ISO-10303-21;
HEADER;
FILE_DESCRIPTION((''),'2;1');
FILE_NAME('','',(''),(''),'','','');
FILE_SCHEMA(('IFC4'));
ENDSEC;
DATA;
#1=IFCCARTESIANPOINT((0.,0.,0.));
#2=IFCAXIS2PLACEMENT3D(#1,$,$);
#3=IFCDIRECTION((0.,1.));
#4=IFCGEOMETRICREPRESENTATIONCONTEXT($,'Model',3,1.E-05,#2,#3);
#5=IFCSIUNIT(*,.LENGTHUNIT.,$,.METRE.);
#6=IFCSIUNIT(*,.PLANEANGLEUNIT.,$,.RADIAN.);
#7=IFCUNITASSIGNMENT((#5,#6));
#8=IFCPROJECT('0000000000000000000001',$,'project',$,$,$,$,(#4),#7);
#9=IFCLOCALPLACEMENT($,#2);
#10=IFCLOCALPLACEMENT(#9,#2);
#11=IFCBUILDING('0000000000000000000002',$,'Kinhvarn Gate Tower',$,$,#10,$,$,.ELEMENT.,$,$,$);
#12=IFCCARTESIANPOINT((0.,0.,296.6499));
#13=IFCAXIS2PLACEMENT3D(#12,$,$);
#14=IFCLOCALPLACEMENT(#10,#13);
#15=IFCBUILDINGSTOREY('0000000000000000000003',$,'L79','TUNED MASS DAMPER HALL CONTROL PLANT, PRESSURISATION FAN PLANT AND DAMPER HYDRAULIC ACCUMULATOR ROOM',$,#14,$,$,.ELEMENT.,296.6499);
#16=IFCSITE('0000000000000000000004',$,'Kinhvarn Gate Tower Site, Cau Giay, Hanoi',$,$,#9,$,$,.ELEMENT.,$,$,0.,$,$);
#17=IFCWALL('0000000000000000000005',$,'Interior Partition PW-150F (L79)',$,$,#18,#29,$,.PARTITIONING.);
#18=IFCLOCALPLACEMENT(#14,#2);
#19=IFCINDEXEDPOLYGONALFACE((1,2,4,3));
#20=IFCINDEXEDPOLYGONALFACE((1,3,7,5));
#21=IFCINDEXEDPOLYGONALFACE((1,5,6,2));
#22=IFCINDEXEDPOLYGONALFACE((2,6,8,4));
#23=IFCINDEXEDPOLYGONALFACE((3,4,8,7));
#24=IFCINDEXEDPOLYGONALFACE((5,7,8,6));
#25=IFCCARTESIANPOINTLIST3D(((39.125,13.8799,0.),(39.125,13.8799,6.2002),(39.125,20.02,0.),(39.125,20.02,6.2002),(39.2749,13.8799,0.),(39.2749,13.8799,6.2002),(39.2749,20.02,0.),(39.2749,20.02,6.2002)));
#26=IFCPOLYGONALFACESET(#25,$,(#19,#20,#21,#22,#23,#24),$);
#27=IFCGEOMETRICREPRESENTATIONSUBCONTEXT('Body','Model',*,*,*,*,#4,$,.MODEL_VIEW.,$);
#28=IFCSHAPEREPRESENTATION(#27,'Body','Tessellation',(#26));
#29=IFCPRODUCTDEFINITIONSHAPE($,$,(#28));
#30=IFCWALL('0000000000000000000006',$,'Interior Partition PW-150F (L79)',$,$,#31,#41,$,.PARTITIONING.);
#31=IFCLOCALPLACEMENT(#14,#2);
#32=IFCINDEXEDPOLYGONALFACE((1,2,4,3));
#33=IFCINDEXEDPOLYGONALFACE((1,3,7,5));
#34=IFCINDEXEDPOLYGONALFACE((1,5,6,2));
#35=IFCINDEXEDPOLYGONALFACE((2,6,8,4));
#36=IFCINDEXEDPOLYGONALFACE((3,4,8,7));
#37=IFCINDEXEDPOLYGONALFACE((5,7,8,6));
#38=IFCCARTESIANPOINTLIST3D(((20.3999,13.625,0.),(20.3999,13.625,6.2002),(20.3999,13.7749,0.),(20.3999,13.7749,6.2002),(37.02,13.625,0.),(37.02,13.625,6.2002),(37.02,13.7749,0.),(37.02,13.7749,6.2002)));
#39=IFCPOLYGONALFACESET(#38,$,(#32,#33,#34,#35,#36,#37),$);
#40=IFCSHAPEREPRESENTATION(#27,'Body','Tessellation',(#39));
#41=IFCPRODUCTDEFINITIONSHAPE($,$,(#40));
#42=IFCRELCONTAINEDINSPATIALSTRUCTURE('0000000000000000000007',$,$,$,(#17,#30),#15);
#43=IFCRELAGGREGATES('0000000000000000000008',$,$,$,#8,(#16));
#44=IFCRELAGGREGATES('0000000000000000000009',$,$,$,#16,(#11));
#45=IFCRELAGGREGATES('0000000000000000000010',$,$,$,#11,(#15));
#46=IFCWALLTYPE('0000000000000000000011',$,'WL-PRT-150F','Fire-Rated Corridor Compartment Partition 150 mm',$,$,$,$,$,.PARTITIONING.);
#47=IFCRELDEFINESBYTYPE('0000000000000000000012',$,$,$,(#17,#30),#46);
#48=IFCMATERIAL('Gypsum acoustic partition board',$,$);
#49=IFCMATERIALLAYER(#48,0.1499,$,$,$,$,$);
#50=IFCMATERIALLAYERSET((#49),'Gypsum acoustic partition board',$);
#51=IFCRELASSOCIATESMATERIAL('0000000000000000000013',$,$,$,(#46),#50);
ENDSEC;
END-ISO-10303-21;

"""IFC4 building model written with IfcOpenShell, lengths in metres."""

from ifc_helpers import new_model, si_unit, direction, frame, frame_2d, origin, place, context, subcontext, project, spatial, rectangle, extrude, material, layer, layer_set, type_object, element, save


model = new_model("IFC4")

# Units and contexts
model_context = context("Model", 3, precision=1e-05, world=origin(), true_north=direction((0.0, 1.0)))
body_context = subcontext(model_context, "Body", "Model", "MODEL_VIEW")
ifc_project = project(units=[si_unit("LENGTHUNIT", "METRE"), si_unit("PLANEANGLEUNIT", "RADIAN")], contexts=[model_context])

# Site, building, storey
site_placement = place(None, origin())
site = spatial("IfcSite", under=ifc_project, at=site_placement, Name="Kinhvarn Gate Tower Site, Cau Giay, Hanoi", CompositionType="ELEMENT", RefElevation=0.0)
building_placement = place(site_placement, origin())
building = spatial("IfcBuilding", under=site, at=building_placement, Name="Kinhvarn Gate Tower", CompositionType="ELEMENT")
storey_placement = place(building_placement, frame((0.0, 0.0, 296.6499)))
storey = spatial("IfcBuildingStorey", under=building, at=storey_placement, Name="L79", Description="TUNED MASS DAMPER HALL CONTROL PLANT, PRESSURISATION FAN PLANT AND DAMPER HYDRAULIC ACCUMULATOR ROOM", CompositionType="ELEMENT", Elevation=296.6499)

# Walls
ifc_material_1 = material(Name="Gypsum acoustic partition board")
ifc_layer_1 = layer(ifc_material_1, 0.1499)
ifc_layer_set_1 = layer_set([ifc_layer_1], Name="Gypsum acoustic partition board")
wall_type_1 = type_object("IfcWallType", Name="WL-PRT-150F", Description="Fire-Rated Corridor Compartment Partition 150 mm", PredefinedType="PARTITIONING", material=ifc_layer_set_1)
wall_1_placement = place(storey_placement, frame((39.2, 13.8799, 0.0), z_axis=(0.0, 0.0, 1.0), x_axis=(0.0, 1.0, 0.0)))
element("IfcWall", 1, at=wall_1_placement, inside=storey, type_object=wall_type_1, Name="Interior Partition PW-150F (L79)", PredefinedType="PARTITIONING", context=body_context, shape_type="SweptSolid", body=[
    extrude(rectangle(XDim=6.1401, YDim=0.1499, at=frame_2d((3.0701, 0.0))), origin(), (0.0, 0.0, 1.0), 6.2002),
])
wall_2_placement = place(storey_placement, frame((37.02, 13.7, 0.0), z_axis=(0.0, 0.0, 1.0), x_axis=(-1.0, 0.0, 0.0)))
element("IfcWall", 2, at=wall_2_placement, inside=storey, type_object=wall_type_1, Name="Interior Partition PW-150F (L79)", PredefinedType="PARTITIONING", context=body_context, shape_type="SweptSolid", body=[
    extrude(rectangle(XDim=16.6201, YDim=0.1499, at=frame_2d((8.3101, 0.0))), origin(), (0.0, 0.0, 1.0), 6.2002),
])

save(model, "model.ifc")
